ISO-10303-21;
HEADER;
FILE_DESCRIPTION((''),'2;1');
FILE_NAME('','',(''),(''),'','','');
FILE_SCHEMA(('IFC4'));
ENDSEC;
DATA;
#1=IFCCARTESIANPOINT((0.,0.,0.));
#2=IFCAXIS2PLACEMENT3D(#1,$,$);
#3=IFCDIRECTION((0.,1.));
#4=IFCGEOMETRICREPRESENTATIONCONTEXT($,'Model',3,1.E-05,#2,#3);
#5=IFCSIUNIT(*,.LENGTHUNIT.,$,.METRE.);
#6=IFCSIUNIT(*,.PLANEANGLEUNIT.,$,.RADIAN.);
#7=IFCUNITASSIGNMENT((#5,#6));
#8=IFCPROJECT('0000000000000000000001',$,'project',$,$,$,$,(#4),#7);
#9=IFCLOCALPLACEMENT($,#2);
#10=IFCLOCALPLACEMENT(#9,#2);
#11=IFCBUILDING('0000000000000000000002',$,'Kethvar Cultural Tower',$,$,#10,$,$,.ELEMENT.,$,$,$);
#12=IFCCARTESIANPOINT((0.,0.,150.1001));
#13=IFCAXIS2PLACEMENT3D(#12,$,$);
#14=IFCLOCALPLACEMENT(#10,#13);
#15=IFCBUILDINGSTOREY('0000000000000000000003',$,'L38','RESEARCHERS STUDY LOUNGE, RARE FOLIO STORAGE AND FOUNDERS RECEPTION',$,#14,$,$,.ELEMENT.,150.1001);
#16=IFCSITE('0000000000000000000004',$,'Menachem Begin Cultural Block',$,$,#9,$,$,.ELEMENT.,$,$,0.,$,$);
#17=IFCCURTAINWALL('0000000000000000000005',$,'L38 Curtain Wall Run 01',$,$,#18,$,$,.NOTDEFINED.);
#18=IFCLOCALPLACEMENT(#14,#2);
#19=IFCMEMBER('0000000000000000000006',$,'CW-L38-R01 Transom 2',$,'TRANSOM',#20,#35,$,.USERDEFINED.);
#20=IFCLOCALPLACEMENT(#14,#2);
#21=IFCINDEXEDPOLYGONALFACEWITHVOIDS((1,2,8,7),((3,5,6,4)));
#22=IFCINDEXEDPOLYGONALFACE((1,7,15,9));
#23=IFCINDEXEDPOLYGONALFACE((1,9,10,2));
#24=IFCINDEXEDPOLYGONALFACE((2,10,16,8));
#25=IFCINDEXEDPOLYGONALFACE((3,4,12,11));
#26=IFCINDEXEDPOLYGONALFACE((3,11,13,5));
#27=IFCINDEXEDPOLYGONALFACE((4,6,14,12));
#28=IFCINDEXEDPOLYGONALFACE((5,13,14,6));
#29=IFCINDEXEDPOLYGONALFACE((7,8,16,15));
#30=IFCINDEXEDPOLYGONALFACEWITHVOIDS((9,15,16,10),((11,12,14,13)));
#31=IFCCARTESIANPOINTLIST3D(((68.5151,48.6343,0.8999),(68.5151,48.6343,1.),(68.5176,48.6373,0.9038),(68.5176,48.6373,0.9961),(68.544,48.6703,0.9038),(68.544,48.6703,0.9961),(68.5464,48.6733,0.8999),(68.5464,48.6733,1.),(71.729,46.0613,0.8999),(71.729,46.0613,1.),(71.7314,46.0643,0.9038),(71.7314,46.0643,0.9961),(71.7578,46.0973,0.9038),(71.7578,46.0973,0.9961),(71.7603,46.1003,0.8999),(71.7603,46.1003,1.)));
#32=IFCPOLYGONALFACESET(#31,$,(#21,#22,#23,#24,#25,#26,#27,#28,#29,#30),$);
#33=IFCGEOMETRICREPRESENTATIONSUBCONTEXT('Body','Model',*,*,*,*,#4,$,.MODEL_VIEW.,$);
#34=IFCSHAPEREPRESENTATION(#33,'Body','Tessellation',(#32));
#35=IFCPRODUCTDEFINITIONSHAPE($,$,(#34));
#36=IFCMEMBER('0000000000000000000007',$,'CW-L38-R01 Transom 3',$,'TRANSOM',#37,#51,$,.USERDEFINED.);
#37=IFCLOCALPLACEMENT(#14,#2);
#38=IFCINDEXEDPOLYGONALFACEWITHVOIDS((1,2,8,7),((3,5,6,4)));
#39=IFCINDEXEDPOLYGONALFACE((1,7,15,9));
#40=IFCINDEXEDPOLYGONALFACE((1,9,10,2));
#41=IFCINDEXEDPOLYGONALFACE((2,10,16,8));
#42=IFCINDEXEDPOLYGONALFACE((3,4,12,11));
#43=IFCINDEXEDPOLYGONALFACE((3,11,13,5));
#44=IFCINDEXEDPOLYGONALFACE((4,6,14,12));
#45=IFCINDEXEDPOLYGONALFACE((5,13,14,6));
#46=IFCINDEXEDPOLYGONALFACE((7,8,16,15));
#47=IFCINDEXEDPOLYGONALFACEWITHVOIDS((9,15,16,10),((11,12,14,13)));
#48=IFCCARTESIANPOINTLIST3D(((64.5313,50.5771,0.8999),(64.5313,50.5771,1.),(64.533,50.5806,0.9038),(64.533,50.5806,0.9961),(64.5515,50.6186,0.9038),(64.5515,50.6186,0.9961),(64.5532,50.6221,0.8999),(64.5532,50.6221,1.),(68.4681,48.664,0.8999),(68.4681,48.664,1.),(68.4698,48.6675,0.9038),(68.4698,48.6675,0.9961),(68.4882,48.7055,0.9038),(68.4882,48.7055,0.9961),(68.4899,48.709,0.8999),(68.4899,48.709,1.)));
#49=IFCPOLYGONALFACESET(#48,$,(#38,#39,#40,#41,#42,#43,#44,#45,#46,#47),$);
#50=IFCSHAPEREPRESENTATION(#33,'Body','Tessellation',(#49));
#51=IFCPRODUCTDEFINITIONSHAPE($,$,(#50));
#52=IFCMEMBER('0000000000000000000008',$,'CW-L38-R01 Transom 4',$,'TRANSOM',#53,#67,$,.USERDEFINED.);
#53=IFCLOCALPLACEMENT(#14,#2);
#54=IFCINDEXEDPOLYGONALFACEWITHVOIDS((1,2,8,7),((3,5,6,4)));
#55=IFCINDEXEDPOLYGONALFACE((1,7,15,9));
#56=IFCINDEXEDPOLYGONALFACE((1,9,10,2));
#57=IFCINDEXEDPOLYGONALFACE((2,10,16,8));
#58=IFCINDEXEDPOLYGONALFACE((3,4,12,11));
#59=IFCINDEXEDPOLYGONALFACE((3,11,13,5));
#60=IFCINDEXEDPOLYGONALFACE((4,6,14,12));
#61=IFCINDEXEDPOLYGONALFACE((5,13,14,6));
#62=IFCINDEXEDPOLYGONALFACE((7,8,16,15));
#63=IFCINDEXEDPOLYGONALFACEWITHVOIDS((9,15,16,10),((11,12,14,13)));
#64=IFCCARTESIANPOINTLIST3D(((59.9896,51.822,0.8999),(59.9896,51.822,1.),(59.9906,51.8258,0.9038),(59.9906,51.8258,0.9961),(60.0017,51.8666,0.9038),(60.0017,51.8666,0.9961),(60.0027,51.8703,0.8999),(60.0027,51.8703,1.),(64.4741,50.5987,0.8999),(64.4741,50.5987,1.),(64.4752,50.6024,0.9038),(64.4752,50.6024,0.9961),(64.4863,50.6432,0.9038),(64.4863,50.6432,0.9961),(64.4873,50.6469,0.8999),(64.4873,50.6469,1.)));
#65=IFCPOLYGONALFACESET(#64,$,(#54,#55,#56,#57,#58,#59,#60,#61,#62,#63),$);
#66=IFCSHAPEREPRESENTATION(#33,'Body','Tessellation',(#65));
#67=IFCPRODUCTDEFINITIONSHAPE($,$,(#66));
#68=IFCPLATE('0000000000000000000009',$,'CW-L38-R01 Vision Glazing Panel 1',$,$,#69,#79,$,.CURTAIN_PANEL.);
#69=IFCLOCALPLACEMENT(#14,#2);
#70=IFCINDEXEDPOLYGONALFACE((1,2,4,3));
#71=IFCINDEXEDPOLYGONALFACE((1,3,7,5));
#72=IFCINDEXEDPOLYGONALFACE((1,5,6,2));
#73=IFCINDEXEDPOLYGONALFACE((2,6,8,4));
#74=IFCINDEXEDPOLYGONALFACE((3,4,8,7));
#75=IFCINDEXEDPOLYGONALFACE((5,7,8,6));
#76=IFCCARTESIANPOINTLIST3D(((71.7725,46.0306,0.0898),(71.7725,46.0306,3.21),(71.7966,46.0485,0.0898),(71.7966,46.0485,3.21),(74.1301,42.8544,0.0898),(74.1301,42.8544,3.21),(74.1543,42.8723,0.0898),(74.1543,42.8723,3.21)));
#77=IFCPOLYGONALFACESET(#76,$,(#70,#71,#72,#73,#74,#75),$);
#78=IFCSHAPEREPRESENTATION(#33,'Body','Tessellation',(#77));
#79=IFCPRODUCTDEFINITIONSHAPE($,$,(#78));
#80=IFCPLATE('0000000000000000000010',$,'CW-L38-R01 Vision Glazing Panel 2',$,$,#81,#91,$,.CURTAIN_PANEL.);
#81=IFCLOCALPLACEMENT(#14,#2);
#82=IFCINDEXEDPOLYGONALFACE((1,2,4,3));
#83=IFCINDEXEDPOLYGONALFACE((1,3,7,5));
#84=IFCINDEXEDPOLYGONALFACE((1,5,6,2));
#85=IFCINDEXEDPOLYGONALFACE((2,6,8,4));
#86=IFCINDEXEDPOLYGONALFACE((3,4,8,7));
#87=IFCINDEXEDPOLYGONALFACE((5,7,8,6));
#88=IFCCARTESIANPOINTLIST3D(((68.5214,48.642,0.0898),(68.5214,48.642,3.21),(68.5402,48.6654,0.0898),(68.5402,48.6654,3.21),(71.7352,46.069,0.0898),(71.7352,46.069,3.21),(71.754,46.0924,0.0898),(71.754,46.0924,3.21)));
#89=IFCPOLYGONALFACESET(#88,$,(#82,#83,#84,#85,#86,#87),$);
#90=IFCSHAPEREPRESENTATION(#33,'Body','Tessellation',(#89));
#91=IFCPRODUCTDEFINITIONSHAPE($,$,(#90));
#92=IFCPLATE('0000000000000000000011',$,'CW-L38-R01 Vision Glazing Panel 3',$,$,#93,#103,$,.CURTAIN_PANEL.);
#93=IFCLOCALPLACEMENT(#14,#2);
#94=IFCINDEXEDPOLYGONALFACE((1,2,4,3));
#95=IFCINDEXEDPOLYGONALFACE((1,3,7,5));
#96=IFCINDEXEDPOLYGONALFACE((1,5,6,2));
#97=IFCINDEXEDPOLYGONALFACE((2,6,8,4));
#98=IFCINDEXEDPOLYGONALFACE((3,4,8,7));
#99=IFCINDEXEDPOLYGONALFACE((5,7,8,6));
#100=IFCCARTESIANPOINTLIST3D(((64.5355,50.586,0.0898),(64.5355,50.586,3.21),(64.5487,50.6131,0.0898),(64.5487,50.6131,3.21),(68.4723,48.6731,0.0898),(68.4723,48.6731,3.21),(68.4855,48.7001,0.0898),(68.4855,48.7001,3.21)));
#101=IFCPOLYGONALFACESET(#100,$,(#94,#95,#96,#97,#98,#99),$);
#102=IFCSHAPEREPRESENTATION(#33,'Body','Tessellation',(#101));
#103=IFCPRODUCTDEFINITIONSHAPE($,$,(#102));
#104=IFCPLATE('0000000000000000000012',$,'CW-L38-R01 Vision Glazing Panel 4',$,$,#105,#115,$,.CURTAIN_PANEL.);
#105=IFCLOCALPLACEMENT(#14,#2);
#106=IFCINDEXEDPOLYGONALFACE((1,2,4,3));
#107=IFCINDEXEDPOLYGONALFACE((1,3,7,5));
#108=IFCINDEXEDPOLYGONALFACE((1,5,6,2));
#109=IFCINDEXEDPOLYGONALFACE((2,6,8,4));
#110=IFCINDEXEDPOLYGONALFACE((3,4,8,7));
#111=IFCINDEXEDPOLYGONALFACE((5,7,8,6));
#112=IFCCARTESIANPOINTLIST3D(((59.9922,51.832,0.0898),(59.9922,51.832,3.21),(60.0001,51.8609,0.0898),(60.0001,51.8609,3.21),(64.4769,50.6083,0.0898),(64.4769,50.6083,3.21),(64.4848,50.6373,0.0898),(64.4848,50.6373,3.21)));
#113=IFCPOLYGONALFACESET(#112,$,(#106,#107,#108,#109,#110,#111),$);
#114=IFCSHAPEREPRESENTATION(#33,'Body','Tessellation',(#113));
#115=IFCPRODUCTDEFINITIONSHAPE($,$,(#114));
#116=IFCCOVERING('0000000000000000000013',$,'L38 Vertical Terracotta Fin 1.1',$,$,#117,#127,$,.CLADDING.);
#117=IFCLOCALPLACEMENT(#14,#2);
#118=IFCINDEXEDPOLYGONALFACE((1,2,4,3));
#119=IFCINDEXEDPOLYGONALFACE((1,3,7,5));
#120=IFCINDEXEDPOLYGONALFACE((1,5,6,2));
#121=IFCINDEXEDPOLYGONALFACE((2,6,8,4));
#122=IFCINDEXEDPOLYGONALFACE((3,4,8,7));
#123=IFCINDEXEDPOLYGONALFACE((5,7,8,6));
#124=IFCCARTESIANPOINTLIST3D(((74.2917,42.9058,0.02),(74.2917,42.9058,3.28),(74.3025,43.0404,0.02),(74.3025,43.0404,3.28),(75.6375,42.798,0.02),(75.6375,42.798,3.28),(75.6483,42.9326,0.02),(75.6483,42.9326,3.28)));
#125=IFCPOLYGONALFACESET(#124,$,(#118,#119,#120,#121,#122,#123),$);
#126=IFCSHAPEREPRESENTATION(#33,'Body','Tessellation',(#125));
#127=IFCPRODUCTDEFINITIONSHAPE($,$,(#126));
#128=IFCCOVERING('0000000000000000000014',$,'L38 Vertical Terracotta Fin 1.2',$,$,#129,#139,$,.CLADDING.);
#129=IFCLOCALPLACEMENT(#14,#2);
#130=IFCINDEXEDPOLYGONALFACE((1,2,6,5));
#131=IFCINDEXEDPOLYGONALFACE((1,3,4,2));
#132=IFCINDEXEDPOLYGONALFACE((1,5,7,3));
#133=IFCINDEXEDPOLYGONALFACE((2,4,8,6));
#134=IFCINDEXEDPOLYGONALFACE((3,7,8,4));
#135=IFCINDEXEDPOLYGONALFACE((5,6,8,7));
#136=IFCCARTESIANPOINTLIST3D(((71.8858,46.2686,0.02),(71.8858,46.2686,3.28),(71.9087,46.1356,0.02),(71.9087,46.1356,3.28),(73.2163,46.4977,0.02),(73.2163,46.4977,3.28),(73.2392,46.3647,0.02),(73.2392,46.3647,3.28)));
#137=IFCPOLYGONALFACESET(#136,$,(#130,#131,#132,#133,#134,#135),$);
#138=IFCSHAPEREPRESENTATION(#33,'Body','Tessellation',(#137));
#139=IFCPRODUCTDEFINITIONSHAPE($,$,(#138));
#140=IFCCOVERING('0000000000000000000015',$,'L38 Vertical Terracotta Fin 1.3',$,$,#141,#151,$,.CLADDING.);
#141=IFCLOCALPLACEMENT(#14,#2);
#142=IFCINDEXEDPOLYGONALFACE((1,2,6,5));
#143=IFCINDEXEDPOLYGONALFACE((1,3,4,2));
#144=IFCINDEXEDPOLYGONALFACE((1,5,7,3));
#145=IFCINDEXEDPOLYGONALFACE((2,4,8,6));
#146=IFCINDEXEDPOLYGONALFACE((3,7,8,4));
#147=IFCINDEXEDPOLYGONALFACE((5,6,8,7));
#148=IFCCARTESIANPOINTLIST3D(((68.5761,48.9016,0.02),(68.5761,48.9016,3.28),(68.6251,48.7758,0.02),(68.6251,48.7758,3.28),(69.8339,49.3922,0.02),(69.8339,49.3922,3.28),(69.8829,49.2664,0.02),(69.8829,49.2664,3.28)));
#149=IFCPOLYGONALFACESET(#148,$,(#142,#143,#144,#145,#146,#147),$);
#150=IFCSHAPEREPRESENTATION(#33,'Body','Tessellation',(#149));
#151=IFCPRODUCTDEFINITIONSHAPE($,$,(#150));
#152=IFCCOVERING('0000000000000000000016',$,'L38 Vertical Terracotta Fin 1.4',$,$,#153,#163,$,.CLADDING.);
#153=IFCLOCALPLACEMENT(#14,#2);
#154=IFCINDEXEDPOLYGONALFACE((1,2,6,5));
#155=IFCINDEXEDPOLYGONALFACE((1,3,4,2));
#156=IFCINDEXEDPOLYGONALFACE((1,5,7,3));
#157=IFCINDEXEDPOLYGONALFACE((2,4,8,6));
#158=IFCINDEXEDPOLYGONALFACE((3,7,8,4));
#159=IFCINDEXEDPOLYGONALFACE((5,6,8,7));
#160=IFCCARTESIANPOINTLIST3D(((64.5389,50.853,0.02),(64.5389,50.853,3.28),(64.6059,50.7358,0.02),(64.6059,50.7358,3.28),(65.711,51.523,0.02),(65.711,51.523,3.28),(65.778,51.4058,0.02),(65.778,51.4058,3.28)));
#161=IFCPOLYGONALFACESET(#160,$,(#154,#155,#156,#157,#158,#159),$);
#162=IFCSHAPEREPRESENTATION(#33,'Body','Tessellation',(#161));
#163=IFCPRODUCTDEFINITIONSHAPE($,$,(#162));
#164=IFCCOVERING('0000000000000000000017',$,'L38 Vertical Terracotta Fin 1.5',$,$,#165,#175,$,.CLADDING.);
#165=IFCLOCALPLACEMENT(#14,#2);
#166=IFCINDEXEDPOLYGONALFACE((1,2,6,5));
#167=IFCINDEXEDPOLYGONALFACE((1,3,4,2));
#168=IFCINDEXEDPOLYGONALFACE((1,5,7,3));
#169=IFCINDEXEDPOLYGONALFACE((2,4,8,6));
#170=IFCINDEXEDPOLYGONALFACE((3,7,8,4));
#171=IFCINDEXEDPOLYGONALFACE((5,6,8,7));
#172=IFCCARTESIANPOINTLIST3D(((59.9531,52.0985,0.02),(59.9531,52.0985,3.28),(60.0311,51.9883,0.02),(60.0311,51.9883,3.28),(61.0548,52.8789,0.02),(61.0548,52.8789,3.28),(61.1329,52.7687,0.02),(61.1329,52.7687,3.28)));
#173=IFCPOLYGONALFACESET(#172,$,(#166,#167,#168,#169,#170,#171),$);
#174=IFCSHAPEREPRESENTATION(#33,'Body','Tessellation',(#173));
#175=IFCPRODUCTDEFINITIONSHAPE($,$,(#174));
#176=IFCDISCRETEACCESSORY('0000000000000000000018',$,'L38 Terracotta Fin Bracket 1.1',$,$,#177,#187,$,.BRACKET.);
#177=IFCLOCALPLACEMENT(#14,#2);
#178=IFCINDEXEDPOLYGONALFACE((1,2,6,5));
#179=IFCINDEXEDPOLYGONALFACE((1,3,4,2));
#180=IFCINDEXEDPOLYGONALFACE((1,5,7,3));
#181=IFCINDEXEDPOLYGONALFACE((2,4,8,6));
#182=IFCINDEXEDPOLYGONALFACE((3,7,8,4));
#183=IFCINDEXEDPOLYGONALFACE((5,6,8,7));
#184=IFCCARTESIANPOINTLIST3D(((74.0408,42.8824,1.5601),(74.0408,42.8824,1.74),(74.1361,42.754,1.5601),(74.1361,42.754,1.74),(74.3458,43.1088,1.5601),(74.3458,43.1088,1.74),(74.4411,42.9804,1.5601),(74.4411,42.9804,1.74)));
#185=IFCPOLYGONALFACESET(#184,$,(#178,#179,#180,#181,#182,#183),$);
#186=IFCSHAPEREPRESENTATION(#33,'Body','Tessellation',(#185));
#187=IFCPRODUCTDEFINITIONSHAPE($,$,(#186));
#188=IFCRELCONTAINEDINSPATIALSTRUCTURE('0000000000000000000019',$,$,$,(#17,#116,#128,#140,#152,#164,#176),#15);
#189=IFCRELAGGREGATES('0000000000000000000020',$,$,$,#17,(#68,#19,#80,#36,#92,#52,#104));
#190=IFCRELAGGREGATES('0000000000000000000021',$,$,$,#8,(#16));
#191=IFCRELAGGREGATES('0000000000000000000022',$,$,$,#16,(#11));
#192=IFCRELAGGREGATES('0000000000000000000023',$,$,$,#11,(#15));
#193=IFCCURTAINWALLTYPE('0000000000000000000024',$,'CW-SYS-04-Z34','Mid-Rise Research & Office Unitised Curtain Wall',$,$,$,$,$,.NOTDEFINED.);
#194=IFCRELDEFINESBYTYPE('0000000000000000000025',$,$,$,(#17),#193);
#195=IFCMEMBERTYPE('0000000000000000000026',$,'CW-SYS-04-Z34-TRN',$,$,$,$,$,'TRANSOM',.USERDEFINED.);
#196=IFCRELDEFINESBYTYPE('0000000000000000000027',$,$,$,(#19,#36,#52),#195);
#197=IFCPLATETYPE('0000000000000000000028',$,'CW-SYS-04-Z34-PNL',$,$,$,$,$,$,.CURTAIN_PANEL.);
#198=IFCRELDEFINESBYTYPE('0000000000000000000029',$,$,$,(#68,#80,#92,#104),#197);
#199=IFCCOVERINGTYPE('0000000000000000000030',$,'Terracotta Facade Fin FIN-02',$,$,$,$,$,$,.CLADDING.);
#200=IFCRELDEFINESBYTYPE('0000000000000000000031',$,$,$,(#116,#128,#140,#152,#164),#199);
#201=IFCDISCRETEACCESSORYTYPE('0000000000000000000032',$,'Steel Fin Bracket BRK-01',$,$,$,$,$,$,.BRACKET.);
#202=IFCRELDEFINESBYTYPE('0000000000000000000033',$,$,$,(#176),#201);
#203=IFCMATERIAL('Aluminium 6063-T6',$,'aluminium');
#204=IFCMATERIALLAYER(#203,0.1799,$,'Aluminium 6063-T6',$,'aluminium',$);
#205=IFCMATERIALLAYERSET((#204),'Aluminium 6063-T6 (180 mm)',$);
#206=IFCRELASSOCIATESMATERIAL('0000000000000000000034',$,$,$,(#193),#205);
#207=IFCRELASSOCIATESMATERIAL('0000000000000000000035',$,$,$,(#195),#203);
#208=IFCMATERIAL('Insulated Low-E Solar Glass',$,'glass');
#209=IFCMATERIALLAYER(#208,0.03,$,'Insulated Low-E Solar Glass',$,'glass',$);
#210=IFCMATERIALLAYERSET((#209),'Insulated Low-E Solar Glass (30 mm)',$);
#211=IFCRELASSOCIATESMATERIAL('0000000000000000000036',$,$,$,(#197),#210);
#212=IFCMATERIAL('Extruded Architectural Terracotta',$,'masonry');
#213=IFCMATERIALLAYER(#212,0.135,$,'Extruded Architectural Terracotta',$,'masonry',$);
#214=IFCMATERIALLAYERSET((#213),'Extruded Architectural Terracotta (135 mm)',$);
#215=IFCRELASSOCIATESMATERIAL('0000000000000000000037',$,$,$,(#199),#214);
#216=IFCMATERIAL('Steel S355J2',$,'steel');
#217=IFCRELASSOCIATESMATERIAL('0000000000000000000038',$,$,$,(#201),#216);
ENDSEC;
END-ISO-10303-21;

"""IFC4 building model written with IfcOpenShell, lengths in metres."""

from ifc_helpers import new_model, si_unit, direction, frame, origin, origin_2d, place, context, subcontext, project, spatial, rectangle, hollow_rectangle, extrude, source, transform, mapped, material, layer, layer_set, material_profile, profile_set, type_object, element, aggregate, save


model = new_model("IFC4")

# Units and contexts
model_context = context("Model", 3, precision=1e-05, world=origin(), true_north=direction((0.0, 1.0)))
body_context = subcontext(model_context, "Body", "Model", "MODEL_VIEW")
ifc_project = project(units=[si_unit("LENGTHUNIT", "METRE"), si_unit("PLANEANGLEUNIT", "RADIAN")], contexts=[model_context])

# Site, building, storey
site_placement = place(None, origin())
site = spatial("IfcSite", under=ifc_project, at=site_placement, Name="Menachem Begin Cultural Block", CompositionType="ELEMENT", RefElevation=0.0)
building_placement = place(site_placement, origin())
building = spatial("IfcBuilding", under=site, at=building_placement, Name="Kethvar Cultural Tower", CompositionType="ELEMENT")
storey_placement = place(building_placement, frame((0.0, 0.0, 150.1001)))
storey = spatial("IfcBuildingStorey", under=building, at=storey_placement, Name="L38", Description="RESEARCHERS STUDY LOUNGE, RARE FOLIO STORAGE AND FOUNDERS RECEPTION", CompositionType="ELEMENT", Elevation=150.1001)

# Shared definitions
ifc_material_1 = material(Name="Steel S355J2", Category="steel")

# Curtain wall, members, plates
ifc_material_2 = material(Name="Aluminium 6063-T6", Category="aluminium")
ifc_layer_1 = layer(ifc_material_2, 0.1799, Name="Aluminium 6063-T6", Category="aluminium")
ifc_layer_set_1 = layer_set([ifc_layer_1], Name="Aluminium 6063-T6 (180 mm)")
curtain_wall_type = type_object("IfcCurtainWallType", Name="CW-SYS-04-Z34", Description="Mid-Rise Research & Office Unitised Curtain Wall", PredefinedType="NOTDEFINED", material=ifc_layer_set_1)
curtain_wall_placement = place(storey_placement, origin())
curtain_wall = element("IfcCurtainWall", 1, at=curtain_wall_placement, inside=storey, type_object=curtain_wall_type, Name="L38 Curtain Wall Run 01", PredefinedType="NOTDEFINED")
ifc_material_profile_1 = material_profile(ifc_material_2, hollow_rectangle(XDim=0.05, YDim=0.1001, WallThickness=0.0039, at=origin_2d()), Name="Aluminium 6063-T6 — RHS100x50x4")
ifc_profile_set_1 = profile_set([ifc_material_profile_1], Name="Aluminium 6063-T6 — RHS100x50x4")
member_type_1 = type_object("IfcMemberType", Name="CW-SYS-04-Z34-TRN", ElementType="TRANSOM", PredefinedType="USERDEFINED", material=ifc_profile_set_1)
shared_shape_1 = source(origin(), body_context, "Body", "SweptSolid", [
    extrude(hollow_rectangle(XDim=0.05, YDim=0.1001, WallThickness=0.0039, at=origin_2d()), origin(), (0.0, 0.0, 1.0), 4.1169),
])
member_1_placement = place(storey_placement, frame((71.7446, 46.0808, 0.95), z_axis=(-0.780643, 0.624977, 0.0), x_axis=(-0.624977, -0.780643, 0.0)))
member_1 = element("IfcMember", 2, at=member_1_placement, type_object=member_type_1, Name="CW-L38-R01 Transom 2", ObjectType="TRANSOM", PredefinedType="USERDEFINED", context=body_context, shape_type="MappedRepresentation", body=[
    mapped(shared_shape_1, transform((0.0, 0.0, 0.0), scale=1.0)),
])
shared_shape_2 = source(origin(), body_context, "Body", "SweptSolid", [
    extrude(hollow_rectangle(XDim=0.05, YDim=0.1001, WallThickness=0.0039, at=origin_2d()), origin(), (0.0, 0.0, 1.0), 4.377),
])
member_2_placement = place(storey_placement, frame((68.479, 48.6865, 0.95), z_axis=(-0.899424, 0.437078, 0.0), x_axis=(-0.437078, -0.899424, 0.0)))
member_2 = element("IfcMember", 3, at=member_2_placement, type_object=member_type_1, Name="CW-L38-R01 Transom 3", ObjectType="TRANSOM", PredefinedType="USERDEFINED", context=body_context, shape_type="MappedRepresentation", body=[
    mapped(shared_shape_2, transform((0.0, 0.0, 0.0), scale=1.0)),
])
shared_shape_3 = source(origin(), body_context, "Body", "SweptSolid", [
    extrude(hollow_rectangle(XDim=0.05, YDim=0.1001, WallThickness=0.0039, at=origin_2d()), origin(), (0.0, 0.0, 1.0), 4.6484),
])
member_3_placement = place(storey_placement, frame((64.4807, 50.6228, 0.95), z_axis=(-0.964747, 0.26318, 0.0), x_axis=(-0.26318, -0.964747, 0.0)))
member_3 = element("IfcMember", 4, at=member_3_placement, type_object=member_type_1, Name="CW-L38-R01 Transom 4", ObjectType="TRANSOM", PredefinedType="USERDEFINED", context=body_context, shape_type="MappedRepresentation", body=[
    mapped(shared_shape_3, transform((0.0, 0.0, 0.0), scale=1.0)),
])
ifc_material_3 = material(Name="Insulated Low-E Solar Glass", Category="glass")
ifc_layer_2 = layer(ifc_material_3, 0.03, Name="Insulated Low-E Solar Glass", Category="glass")
ifc_layer_set_2 = layer_set([ifc_layer_2], Name="Insulated Low-E Solar Glass (30 mm)")
plate_type = type_object("IfcPlateType", Name="CW-SYS-04-Z34-PNL", PredefinedType="CURTAIN_PANEL", material=ifc_layer_set_2)
shared_shape_4 = source(origin(), body_context, "Body", "SweptSolid", [
    extrude(rectangle(XDim=3.9556, YDim=0.03, at=origin_2d()), origin(), (0.0, 0.0, 1.0), 3.1201),
])
plate_1_placement = place(storey_placement, frame((72.9634, 44.4514, 0.0898), z_axis=(0.0, 0.0, 1.0), x_axis=(-0.596029, 0.802963, 0.0)))
plate_1 = element("IfcPlate", 5, at=plate_1_placement, type_object=plate_type, Name="CW-L38-R01 Vision Glazing Panel 1", PredefinedType="CURTAIN_PANEL", context=body_context, shape_type="MappedRepresentation", body=[
    mapped(shared_shape_4, transform((0.0, 0.0, 0.0), scale=1.0)),
])
shared_shape_5 = source(origin(), body_context, "Body", "SweptSolid", [
    extrude(rectangle(XDim=4.1169, YDim=0.03, at=origin_2d()), origin(), (0.0, 0.0, 1.0), 3.1201),
])
plate_2_placement = place(storey_placement, frame((70.1377, 47.3672, 0.0898), z_axis=(0.0, 0.0, 1.0), x_axis=(-0.780638, 0.624984, 0.0)))
plate_2 = element("IfcPlate", 6, at=plate_2_placement, type_object=plate_type, Name="CW-L38-R01 Vision Glazing Panel 2", PredefinedType="CURTAIN_PANEL", context=body_context, shape_type="MappedRepresentation", body=[
    mapped(shared_shape_5, transform((0.0, 0.0, 0.0), scale=1.0)),
])
shared_shape_6 = source(origin(), body_context, "Body", "SweptSolid", [
    extrude(rectangle(XDim=4.377, YDim=0.03, at=origin_2d()), origin(), (0.0, 0.0, 1.0), 3.1201),
])
plate_3_placement = place(storey_placement, frame((66.5105, 49.6431, 0.0898), z_axis=(0.0, 0.0, 1.0), x_axis=(-0.899436, 0.437053, 0.0)))
plate_3 = element("IfcPlate", 7, at=plate_3_placement, type_object=plate_type, Name="CW-L38-R01 Vision Glazing Panel 3", PredefinedType="CURTAIN_PANEL", context=body_context, shape_type="MappedRepresentation", body=[
    mapped(shared_shape_6, transform((0.0, 0.0, 0.0), scale=1.0)),
])
shared_shape_7 = source(origin(), body_context, "Body", "SweptSolid", [
    extrude(rectangle(XDim=4.6487, YDim=0.03, at=origin_2d()), origin(), (0.0, 0.0, 1.0), 3.1201),
])
plate_4_placement = place(storey_placement, frame((62.2385, 51.2346, 0.0898), z_axis=(0.0, 0.0, 1.0), x_axis=(-0.964732, 0.263233, 0.0)))
plate_4 = element("IfcPlate", 8, at=plate_4_placement, type_object=plate_type, Name="CW-L38-R01 Vision Glazing Panel 4", PredefinedType="CURTAIN_PANEL", context=body_context, shape_type="MappedRepresentation", body=[
    mapped(shared_shape_7, transform((0.0, 0.0, 0.0), scale=1.0)),
])
aggregate(curtain_wall, [plate_1, member_1, plate_2, member_2, plate_3, member_3, plate_4])

# Coverings
ifc_material_4 = material(Name="Extruded Architectural Terracotta", Category="masonry")
ifc_layer_3 = layer(ifc_material_4, 0.135, Name="Extruded Architectural Terracotta", Category="masonry")
ifc_layer_set_3 = layer_set([ifc_layer_3], Name="Extruded Architectural Terracotta (135 mm)")
covering_type = type_object("IfcCoveringType", Name="Terracotta Facade Fin FIN-02", PredefinedType="CLADDING", material=ifc_layer_set_3)
shared_shape_8 = source(origin(), body_context, "Body", "SweptSolid", [
    extrude(rectangle(XDim=1.3501, YDim=0.135, at=origin_2d()), origin(), (0.0, 0.0, 1.0), 3.26),
])
for number, where, z_axis, x_axis, name in (
    (9, (74.97, 42.9192, 0.02), (0.0, 0.0, 1.0), (0.996807, -0.079851, 0.0), "L38 Vertical Terracotta Fin 1.1"),
    (10, (72.5625, 46.3167, 0.02), (0.0, 0.0, 1.0), (0.985497, 0.169694, 0.0), "L38 Vertical Terracotta Fin 1.2"),
    (11, (69.2295, 49.084, 0.02), (0.0, 0.0, 1.0), (0.931628, 0.363414, 0.0), "L38 Vertical Terracotta Fin 1.3"),
    (12, (65.1584, 51.1294, 0.02), (0.0, 0.0, 1.0), (0.868199, 0.496217, 0.0), "L38 Vertical Terracotta Fin 1.4"),
    (13, (60.543, 52.4336, 0.02), (0.0, 0.0, 1.0), (0.816037, 0.578, 0.0), "L38 Vertical Terracotta Fin 1.5"),
):
    element("IfcCovering", number, at=place(storey_placement, frame(where, z_axis=z_axis, x_axis=x_axis)), inside=storey, type_object=covering_type, Name=name, PredefinedType="CLADDING", context=body_context, shape_type="MappedRepresentation", body=[
        mapped(shared_shape_8, transform((0.0, 0.0, 0.0), scale=1.0)),
    ])

# Discrete accessory
discrete_accessory_type = type_object("IfcDiscreteAccessoryType", Name="Steel Fin Bracket BRK-01", PredefinedType="BRACKET", material=ifc_material_1)
shared_shape_9 = source(origin(), body_context, "Body", "SweptSolid", [
    extrude(rectangle(XDim=0.3799, YDim=0.1599, at=origin_2d()), origin(), (0.0, 0.0, 1.0), 0.1799),
])
for number, where, z_axis, x_axis, name in (
    (14, (74.241, 42.9314, 1.5601), (0.0, 0.0, 1.0), (0.802922, 0.596085, 0.0), "L38 Terracotta Fin Bracket 1.1"),
):
    element("IfcDiscreteAccessory", number, at=place(storey_placement, frame(where, z_axis=z_axis, x_axis=x_axis)), inside=storey, type_object=discrete_accessory_type, Name=name, PredefinedType="BRACKET", context=body_context, shape_type="MappedRepresentation", body=[
        mapped(shared_shape_9, transform((0.0, 0.0, 0.0), scale=1.0)),
    ])

save(model, "model.ifc")
